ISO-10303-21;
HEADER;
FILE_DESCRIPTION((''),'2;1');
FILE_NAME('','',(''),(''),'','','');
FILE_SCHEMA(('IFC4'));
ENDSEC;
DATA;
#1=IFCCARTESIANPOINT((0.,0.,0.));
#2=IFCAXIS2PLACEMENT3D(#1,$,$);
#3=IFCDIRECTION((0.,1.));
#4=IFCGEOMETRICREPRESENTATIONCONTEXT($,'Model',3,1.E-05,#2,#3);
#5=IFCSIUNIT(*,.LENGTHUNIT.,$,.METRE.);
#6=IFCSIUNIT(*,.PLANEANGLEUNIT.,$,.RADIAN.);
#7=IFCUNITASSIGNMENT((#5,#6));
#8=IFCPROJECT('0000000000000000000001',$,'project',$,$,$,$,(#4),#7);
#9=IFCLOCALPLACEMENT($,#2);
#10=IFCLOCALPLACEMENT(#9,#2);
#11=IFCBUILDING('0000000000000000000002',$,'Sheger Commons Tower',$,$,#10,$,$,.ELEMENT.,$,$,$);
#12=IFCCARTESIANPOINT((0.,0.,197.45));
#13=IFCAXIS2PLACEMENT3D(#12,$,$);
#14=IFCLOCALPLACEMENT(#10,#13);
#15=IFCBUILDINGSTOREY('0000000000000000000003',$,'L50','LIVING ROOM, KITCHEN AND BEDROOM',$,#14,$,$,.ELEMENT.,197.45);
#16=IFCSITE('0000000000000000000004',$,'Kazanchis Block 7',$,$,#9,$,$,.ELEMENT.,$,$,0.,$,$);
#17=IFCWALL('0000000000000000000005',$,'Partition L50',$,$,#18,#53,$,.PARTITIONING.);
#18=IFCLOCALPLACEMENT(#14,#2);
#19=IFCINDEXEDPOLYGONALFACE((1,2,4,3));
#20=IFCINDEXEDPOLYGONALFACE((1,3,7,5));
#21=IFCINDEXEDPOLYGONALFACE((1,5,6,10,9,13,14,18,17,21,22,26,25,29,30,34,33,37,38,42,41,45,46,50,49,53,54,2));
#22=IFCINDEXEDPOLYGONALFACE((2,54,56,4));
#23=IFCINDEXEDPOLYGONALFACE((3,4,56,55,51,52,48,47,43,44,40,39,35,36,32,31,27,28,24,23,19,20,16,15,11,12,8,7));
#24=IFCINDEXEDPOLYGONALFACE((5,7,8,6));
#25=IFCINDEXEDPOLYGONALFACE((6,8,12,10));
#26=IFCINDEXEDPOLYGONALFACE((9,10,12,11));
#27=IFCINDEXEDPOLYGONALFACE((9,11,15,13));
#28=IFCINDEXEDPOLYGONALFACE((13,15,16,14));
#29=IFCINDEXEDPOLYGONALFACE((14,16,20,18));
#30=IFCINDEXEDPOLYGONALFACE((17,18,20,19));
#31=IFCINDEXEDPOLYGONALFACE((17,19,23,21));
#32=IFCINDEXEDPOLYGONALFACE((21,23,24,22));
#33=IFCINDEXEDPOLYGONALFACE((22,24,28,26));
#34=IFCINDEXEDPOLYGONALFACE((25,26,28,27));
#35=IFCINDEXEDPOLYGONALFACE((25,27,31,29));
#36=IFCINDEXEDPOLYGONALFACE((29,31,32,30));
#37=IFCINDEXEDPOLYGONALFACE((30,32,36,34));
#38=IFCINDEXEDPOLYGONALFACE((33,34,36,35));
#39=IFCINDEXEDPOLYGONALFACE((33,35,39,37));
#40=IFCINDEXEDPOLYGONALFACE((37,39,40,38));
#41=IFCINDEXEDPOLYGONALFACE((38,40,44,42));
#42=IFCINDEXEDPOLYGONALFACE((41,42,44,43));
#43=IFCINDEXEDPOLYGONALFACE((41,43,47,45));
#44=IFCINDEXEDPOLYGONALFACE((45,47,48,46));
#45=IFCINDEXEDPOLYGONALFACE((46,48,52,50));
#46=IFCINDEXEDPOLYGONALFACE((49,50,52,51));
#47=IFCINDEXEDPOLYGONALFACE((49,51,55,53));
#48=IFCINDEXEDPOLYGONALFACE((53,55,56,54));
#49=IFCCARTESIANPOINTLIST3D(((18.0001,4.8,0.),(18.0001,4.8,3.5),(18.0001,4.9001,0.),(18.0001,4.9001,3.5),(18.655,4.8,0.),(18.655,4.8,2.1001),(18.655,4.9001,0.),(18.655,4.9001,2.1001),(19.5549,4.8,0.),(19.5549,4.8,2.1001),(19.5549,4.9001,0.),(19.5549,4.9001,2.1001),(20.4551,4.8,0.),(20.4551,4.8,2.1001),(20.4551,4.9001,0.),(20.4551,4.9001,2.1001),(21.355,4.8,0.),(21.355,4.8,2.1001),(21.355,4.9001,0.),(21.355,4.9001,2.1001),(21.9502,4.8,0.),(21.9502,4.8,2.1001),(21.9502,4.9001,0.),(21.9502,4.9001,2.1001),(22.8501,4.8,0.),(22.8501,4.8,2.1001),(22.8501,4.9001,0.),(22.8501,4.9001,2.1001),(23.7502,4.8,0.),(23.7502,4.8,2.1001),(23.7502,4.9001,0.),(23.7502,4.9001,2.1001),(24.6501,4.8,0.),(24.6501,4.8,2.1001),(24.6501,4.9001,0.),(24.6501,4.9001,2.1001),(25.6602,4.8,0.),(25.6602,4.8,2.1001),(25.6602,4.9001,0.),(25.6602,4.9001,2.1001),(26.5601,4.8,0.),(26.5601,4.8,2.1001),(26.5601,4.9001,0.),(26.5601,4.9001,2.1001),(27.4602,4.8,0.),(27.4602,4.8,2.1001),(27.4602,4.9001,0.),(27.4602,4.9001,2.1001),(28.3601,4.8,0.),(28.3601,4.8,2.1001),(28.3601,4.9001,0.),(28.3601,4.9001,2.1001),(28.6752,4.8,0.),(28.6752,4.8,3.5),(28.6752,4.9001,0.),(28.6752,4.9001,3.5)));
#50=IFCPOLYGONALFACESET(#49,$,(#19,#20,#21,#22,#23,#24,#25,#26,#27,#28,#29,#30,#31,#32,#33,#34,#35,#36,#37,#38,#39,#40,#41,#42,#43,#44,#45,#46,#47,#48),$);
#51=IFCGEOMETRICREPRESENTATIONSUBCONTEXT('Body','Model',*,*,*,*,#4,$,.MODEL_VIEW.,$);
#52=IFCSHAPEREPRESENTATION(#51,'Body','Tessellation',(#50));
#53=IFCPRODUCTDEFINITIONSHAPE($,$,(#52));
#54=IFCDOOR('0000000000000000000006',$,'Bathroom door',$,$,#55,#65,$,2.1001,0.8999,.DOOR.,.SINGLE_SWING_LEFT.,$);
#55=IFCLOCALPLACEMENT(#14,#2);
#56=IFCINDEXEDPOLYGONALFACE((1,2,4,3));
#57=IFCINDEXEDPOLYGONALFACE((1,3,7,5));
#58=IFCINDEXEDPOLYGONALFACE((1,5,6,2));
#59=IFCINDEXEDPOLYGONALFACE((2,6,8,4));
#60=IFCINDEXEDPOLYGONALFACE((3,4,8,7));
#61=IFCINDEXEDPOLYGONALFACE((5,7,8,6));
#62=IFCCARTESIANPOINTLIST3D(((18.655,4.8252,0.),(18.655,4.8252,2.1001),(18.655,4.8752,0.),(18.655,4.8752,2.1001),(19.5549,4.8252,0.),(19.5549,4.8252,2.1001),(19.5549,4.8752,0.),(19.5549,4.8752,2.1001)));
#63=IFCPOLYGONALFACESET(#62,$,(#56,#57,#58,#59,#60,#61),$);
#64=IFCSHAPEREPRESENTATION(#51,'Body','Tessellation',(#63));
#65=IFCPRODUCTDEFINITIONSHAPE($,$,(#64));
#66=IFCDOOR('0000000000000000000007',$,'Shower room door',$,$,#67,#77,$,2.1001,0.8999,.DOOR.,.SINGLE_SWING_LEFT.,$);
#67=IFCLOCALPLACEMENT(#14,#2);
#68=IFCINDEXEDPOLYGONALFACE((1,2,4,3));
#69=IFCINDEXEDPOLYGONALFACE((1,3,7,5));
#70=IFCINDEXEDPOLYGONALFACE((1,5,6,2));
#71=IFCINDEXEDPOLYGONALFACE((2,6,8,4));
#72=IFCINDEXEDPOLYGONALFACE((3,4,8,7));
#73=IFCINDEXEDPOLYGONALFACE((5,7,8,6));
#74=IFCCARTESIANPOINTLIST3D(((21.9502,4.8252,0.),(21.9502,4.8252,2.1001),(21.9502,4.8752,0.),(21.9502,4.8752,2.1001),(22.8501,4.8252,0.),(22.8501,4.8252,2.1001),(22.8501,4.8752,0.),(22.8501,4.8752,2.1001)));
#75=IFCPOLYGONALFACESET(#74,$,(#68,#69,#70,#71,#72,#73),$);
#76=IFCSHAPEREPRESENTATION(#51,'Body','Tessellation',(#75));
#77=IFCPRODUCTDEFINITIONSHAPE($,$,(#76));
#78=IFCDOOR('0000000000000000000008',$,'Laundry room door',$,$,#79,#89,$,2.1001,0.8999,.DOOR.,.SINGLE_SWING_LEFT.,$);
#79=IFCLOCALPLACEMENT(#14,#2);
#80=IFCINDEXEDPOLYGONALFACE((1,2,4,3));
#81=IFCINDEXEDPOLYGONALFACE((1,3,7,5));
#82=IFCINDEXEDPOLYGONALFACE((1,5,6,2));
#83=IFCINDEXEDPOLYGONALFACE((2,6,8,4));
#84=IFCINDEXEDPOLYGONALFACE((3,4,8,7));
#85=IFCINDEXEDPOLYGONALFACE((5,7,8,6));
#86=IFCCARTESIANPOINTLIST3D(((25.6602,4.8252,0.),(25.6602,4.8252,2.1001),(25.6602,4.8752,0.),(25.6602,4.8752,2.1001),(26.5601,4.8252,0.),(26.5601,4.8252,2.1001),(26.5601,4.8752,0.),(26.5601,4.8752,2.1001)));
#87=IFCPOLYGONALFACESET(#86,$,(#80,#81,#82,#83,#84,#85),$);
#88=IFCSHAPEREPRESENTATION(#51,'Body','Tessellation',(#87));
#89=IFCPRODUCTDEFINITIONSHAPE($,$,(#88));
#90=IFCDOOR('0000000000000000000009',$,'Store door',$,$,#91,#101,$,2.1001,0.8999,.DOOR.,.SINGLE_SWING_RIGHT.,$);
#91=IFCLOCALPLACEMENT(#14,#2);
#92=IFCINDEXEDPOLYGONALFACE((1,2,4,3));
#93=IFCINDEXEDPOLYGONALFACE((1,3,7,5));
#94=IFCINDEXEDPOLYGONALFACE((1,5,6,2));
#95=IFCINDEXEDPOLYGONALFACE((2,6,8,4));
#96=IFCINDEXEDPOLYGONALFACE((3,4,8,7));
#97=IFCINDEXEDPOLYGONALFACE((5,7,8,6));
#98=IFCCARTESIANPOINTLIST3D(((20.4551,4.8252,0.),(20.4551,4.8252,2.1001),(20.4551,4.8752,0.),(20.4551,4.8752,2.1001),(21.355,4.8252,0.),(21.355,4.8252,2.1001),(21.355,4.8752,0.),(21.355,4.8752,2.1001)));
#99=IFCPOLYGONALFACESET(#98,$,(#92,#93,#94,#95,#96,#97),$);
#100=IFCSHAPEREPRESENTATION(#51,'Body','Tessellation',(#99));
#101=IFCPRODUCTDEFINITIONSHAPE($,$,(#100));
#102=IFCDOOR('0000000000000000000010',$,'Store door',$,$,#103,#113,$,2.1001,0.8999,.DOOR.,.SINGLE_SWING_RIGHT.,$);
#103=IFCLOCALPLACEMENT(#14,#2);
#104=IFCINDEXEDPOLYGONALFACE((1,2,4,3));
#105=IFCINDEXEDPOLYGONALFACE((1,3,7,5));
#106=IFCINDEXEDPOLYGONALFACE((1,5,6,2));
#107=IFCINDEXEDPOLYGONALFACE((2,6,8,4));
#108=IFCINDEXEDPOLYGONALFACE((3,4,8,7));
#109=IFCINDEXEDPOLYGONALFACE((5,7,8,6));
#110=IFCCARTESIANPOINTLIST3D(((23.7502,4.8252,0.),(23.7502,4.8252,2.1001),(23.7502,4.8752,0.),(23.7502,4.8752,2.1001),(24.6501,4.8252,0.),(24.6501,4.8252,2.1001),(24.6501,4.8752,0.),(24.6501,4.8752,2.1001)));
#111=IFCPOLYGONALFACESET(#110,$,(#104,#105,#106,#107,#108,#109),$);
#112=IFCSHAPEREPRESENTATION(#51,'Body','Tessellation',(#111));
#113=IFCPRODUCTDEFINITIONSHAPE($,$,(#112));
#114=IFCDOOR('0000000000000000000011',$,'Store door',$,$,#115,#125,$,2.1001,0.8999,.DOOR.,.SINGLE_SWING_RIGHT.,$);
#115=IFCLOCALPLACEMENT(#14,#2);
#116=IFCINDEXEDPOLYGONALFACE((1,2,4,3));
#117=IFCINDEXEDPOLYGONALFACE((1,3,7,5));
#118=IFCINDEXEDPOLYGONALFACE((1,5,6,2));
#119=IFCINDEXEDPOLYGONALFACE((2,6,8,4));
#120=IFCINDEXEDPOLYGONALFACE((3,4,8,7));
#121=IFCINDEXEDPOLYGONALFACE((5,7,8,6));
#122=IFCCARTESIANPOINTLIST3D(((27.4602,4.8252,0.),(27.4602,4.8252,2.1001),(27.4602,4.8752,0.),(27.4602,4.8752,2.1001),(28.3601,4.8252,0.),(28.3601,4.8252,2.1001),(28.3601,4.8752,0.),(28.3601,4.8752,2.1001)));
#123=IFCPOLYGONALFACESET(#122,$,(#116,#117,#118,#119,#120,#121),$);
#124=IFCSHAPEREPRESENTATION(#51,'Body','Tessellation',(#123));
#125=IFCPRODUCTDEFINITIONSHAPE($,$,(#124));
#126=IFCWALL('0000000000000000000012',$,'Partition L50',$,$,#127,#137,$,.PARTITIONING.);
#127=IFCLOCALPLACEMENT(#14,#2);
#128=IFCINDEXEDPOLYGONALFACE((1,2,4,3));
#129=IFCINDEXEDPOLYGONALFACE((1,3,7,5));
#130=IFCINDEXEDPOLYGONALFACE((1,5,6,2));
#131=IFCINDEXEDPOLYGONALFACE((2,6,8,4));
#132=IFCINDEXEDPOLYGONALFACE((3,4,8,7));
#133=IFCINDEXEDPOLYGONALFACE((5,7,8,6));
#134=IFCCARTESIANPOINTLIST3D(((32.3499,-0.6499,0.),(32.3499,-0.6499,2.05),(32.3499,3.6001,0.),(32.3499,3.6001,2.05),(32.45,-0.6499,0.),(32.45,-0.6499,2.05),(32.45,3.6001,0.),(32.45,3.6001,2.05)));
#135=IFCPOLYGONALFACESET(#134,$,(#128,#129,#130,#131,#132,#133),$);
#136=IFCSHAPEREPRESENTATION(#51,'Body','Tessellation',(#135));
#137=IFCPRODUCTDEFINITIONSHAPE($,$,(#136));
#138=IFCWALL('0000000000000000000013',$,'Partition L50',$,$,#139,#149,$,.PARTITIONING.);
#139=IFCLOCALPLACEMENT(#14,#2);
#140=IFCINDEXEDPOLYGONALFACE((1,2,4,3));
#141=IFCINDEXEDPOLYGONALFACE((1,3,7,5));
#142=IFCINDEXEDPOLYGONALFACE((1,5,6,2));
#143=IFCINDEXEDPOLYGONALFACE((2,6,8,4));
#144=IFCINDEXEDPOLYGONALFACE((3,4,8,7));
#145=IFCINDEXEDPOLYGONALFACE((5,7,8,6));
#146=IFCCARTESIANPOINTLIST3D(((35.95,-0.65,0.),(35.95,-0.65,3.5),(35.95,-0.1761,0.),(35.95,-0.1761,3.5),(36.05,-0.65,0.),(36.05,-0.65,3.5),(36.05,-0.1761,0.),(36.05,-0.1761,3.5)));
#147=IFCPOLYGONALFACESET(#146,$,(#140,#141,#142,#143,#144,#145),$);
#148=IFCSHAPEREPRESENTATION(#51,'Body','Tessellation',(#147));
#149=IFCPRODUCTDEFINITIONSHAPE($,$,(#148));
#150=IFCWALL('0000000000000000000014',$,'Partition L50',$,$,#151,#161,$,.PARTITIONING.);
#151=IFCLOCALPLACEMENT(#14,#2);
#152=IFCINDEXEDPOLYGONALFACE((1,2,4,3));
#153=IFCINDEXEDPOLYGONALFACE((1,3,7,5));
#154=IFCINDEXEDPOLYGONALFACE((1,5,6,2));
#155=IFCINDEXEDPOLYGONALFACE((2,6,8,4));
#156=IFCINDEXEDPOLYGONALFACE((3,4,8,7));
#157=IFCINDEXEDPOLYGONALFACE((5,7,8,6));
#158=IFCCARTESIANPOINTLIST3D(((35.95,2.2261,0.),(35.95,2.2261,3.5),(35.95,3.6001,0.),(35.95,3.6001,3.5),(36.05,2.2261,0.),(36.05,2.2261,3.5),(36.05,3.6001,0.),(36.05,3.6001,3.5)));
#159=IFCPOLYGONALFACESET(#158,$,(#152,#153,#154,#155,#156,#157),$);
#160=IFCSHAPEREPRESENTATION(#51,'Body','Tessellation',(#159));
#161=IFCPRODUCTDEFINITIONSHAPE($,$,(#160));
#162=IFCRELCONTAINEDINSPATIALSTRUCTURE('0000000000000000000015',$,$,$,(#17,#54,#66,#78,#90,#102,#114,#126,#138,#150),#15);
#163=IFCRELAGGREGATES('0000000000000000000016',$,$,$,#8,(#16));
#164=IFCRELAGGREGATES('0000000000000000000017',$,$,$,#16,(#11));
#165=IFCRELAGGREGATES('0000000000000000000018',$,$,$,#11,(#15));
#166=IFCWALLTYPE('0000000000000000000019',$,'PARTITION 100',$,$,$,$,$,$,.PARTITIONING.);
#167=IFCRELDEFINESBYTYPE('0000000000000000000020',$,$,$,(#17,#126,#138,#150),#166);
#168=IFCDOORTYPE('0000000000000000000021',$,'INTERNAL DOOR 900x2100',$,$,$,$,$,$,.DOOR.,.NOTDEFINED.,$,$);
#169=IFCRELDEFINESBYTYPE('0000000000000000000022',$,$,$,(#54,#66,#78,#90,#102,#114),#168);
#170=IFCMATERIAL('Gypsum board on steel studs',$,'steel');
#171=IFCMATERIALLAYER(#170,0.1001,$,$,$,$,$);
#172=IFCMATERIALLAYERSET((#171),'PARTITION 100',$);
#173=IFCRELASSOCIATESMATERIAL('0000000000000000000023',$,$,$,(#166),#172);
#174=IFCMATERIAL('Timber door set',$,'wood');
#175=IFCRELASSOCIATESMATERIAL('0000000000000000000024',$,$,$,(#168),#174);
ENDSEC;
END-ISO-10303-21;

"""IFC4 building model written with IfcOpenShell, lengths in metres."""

from ifc_helpers import new_model, si_unit, direction, frame, frame_2d, origin, place, context, subcontext, project, spatial, rectangle, extrude, material, layer, layer_set, type_object, element, fill, save


model = new_model("IFC4")

# Units and contexts
model_context = context("Model", 3, precision=1e-05, world=origin(), true_north=direction((0.0, 1.0)))
body_context = subcontext(model_context, "Body", "Model", "MODEL_VIEW")
ifc_project = project(units=[si_unit("LENGTHUNIT", "METRE"), si_unit("PLANEANGLEUNIT", "RADIAN")], contexts=[model_context])

# Site, building, storey
site_placement = place(None, origin())
site = spatial("IfcSite", under=ifc_project, at=site_placement, Name="Kazanchis Block 7", CompositionType="ELEMENT", RefElevation=0.0)
building_placement = place(site_placement, origin())
building = spatial("IfcBuilding", under=site, at=building_placement, Name="Sheger Commons Tower", CompositionType="ELEMENT")
storey_placement = place(building_placement, frame((0.0, 0.0, 197.45)))
storey = spatial("IfcBuildingStorey", under=building, at=storey_placement, Name="L50", Description="LIVING ROOM, KITCHEN AND BEDROOM", CompositionType="ELEMENT", Elevation=197.45)

# Wall, openings, doors
ifc_material_1 = material(Name="Gypsum board on steel studs", Category="steel")
ifc_layer_1 = layer(ifc_material_1, 0.1001)
ifc_layer_set_1 = layer_set([ifc_layer_1], Name="PARTITION 100")
wall_type_1 = type_object("IfcWallType", Name="PARTITION 100", PredefinedType="PARTITIONING", material=ifc_layer_set_1)
ifc_material_2 = material(Name="Timber door set", Category="wood")
door_type = type_object("IfcDoorType", Name="INTERNAL DOOR 900x2100", OperationType="NOTDEFINED", PredefinedType="DOOR", material=ifc_material_2)
wall_1_placement = place(storey_placement, frame((28.675, 4.8501, 0.0), z_axis=(0.0, 0.0, 1.0), x_axis=(-1.0, 0.0, 0.0)))
wall_1 = element("IfcWall", 1, at=wall_1_placement, inside=storey, type_object=wall_type_1, Name="Partition L50", PredefinedType="PARTITIONING", context=body_context, shape_type="SweptSolid", body=[
    extrude(rectangle(XDim=10.675, YDim=0.1001, at=frame_2d((5.3374, 0.0))), origin(), (0.0, 0.0, 1.0), 3.5),
])
opening_1_placement = place(wall_1_placement, frame((9.1201, 0.0, 0.0)))
opening_1 = element("IfcOpeningElement", 2, at=opening_1_placement, cuts=wall_1, PredefinedType="OPENING", context=body_context, shape_type="SweptSolid", body=[
    extrude(rectangle(XDim=0.8999, YDim=2.1001, at=frame_2d((0.45, 1.05))), frame((0.0, 0.0601, 0.0), z_axis=(0.0, -1.0, 0.0), x_axis=(1.0, 0.0, 0.0)), (0.0, 0.0, 1.0), 0.1201),
])
opening_2_placement = place(wall_1_placement, frame((5.825, 0.0, 0.0)))
opening_2 = element("IfcOpeningElement", 3, at=opening_2_placement, cuts=wall_1, PredefinedType="OPENING", context=body_context, shape_type="SweptSolid", body=[
    extrude(rectangle(XDim=0.8999, YDim=2.1001, at=frame_2d((0.45, 1.05))), frame((0.0, 0.0601, 0.0), z_axis=(0.0, -1.0, 0.0), x_axis=(1.0, 0.0, 0.0)), (0.0, 0.0, 1.0), 0.1201),
])
opening_3_placement = place(wall_1_placement, frame((2.115, 0.0, 0.0)))
opening_3 = element("IfcOpeningElement", 4, at=opening_3_placement, cuts=wall_1, PredefinedType="OPENING", context=body_context, shape_type="SweptSolid", body=[
    extrude(rectangle(XDim=0.8999, YDim=2.1001, at=frame_2d((0.45, 1.05))), frame((0.0, 0.0601, 0.0), z_axis=(0.0, -1.0, 0.0), x_axis=(1.0, 0.0, 0.0)), (0.0, 0.0, 1.0), 0.1201),
])
opening_4_placement = place(wall_1_placement, frame((7.3201, 0.0, 0.0)))
opening_4 = element("IfcOpeningElement", 5, at=opening_4_placement, cuts=wall_1, PredefinedType="OPENING", context=body_context, shape_type="SweptSolid", body=[
    extrude(rectangle(XDim=0.8999, YDim=2.1001, at=frame_2d((0.45, 1.05))), frame((0.0, 0.0601, 0.0), z_axis=(0.0, -1.0, 0.0), x_axis=(1.0, 0.0, 0.0)), (0.0, 0.0, 1.0), 0.1201),
])
opening_5_placement = place(wall_1_placement, frame((4.0249, 0.0, 0.0)))
opening_5 = element("IfcOpeningElement", 6, at=opening_5_placement, cuts=wall_1, PredefinedType="OPENING", context=body_context, shape_type="SweptSolid", body=[
    extrude(rectangle(XDim=0.8999, YDim=2.1001, at=frame_2d((0.45, 1.05))), frame((0.0, 0.0601, 0.0), z_axis=(0.0, -1.0, 0.0), x_axis=(1.0, 0.0, 0.0)), (0.0, 0.0, 1.0), 0.1201),
])
opening_6_placement = place(wall_1_placement, frame((0.3149, 0.0, 0.0)))
opening_6 = element("IfcOpeningElement", 7, at=opening_6_placement, cuts=wall_1, PredefinedType="OPENING", context=body_context, shape_type="SweptSolid", body=[
    extrude(rectangle(XDim=0.8999, YDim=2.1001, at=frame_2d((0.45, 1.05))), frame((0.0, 0.0601, 0.0), z_axis=(0.0, -1.0, 0.0), x_axis=(1.0, 0.0, 0.0)), (0.0, 0.0, 1.0), 0.1201),
])
door_1_placement = place(opening_1_placement, origin())
door_1 = element("IfcDoor", 8, at=door_1_placement, inside=storey, type_object=door_type, Name="Bathroom door", OperationType="SINGLE_SWING_LEFT", OverallHeight=2.1001, OverallWidth=0.8999, PredefinedType="DOOR", context=body_context, shape_type="SweptSolid", body=[
    extrude(rectangle(XDim=0.8999, YDim=2.1001, at=frame_2d((0.45, 1.05))), frame((0.0, 0.0249, 0.0), z_axis=(0.0, -1.0, 0.0), x_axis=(1.0, 0.0, 0.0)), (0.0, 0.0, 1.0), 0.05),
])
fill(opening_1, door_1)
door_2_placement = place(opening_2_placement, origin())
door_2 = element("IfcDoor", 9, at=door_2_placement, inside=storey, type_object=door_type, Name="Shower room door", OperationType="SINGLE_SWING_LEFT", OverallHeight=2.1001, OverallWidth=0.8999, PredefinedType="DOOR", context=body_context, shape_type="SweptSolid", body=[
    extrude(rectangle(XDim=0.8999, YDim=2.1001, at=frame_2d((0.45, 1.05))), frame((0.0, 0.0249, 0.0), z_axis=(0.0, -1.0, 0.0), x_axis=(1.0, 0.0, 0.0)), (0.0, 0.0, 1.0), 0.05),
])
fill(opening_2, door_2)
door_3_placement = place(opening_3_placement, origin())
door_3 = element("IfcDoor", 10, at=door_3_placement, inside=storey, type_object=door_type, Name="Laundry room door", OperationType="SINGLE_SWING_LEFT", OverallHeight=2.1001, OverallWidth=0.8999, PredefinedType="DOOR", context=body_context, shape_type="SweptSolid", body=[
    extrude(rectangle(XDim=0.8999, YDim=2.1001, at=frame_2d((0.45, 1.05))), frame((0.0, 0.0249, 0.0), z_axis=(0.0, -1.0, 0.0), x_axis=(1.0, 0.0, 0.0)), (0.0, 0.0, 1.0), 0.05),
])
fill(opening_3, door_3)
door_4_placement = place(opening_4_placement, origin())
door_4 = element("IfcDoor", 11, at=door_4_placement, inside=storey, type_object=door_type, Name="Store door", OperationType="SINGLE_SWING_RIGHT", OverallHeight=2.1001, OverallWidth=0.8999, PredefinedType="DOOR", context=body_context, shape_type="SweptSolid", body=[
    extrude(rectangle(XDim=0.8999, YDim=2.1001, at=frame_2d((0.45, 1.05))), frame((0.0, 0.0249, 0.0), z_axis=(0.0, -1.0, 0.0), x_axis=(1.0, 0.0, 0.0)), (0.0, 0.0, 1.0), 0.05),
])
fill(opening_4, door_4)
door_5_placement = place(opening_5_placement, origin())
door_5 = element("IfcDoor", 12, at=door_5_placement, inside=storey, type_object=door_type, Name="Store door", OperationType="SINGLE_SWING_RIGHT", OverallHeight=2.1001, OverallWidth=0.8999, PredefinedType="DOOR", context=body_context, shape_type="SweptSolid", body=[
    extrude(rectangle(XDim=0.8999, YDim=2.1001, at=frame_2d((0.45, 1.05))), frame((0.0, 0.0249, 0.0), z_axis=(0.0, -1.0, 0.0), x_axis=(1.0, 0.0, 0.0)), (0.0, 0.0, 1.0), 0.05),
])
fill(opening_5, door_5)
door_6_placement = place(opening_6_placement, origin())
door_6 = element("IfcDoor", 13, at=door_6_placement, inside=storey, type_object=door_type, Name="Store door", OperationType="SINGLE_SWING_RIGHT", OverallHeight=2.1001, OverallWidth=0.8999, PredefinedType="DOOR", context=body_context, shape_type="SweptSolid", body=[
    extrude(rectangle(XDim=0.8999, YDim=2.1001, at=frame_2d((0.45, 1.05))), frame((0.0, 0.0249, 0.0), z_axis=(0.0, -1.0, 0.0), x_axis=(1.0, 0.0, 0.0)), (0.0, 0.0, 1.0), 0.05),
])
fill(opening_6, door_6)

# Walls
wall_2_placement = place(storey_placement, frame((32.3999, -0.6499, 0.0), z_axis=(0.0, 0.0, 1.0), x_axis=(0.0, 1.0, 0.0)))
element("IfcWall", 14, at=wall_2_placement, inside=storey, type_object=wall_type_1, Name="Partition L50", PredefinedType="PARTITIONING", context=body_context, shape_type="SweptSolid", body=[
    extrude(rectangle(XDim=4.25, YDim=0.1001, at=frame_2d((2.125, 0.0))), origin(), (0.0, 0.0, 1.0), 2.05),
])
wall_3_placement = place(storey_placement, frame((36.0, -0.6499, 0.0), z_axis=(0.0, 0.0, 1.0), x_axis=(0.0, 1.0, 0.0)))
element("IfcWall", 15, at=wall_3_placement, inside=storey, type_object=wall_type_1, Name="Partition L50", PredefinedType="PARTITIONING", context=body_context, shape_type="SweptSolid", body=[
    extrude(rectangle(XDim=0.4739, YDim=0.1001, at=frame_2d((0.2368, 0.0))), origin(), (0.0, 0.0, 1.0), 3.5),
])
wall_4_placement = place(storey_placement, frame((36.0, 2.2261, 0.0), z_axis=(0.0, 0.0, 1.0), x_axis=(0.0, 1.0, 0.0)))
element("IfcWall", 16, at=wall_4_placement, inside=storey, type_object=wall_type_1, Name="Partition L50", PredefinedType="PARTITIONING", context=body_context, shape_type="SweptSolid", body=[
    extrude(rectangle(XDim=1.374, YDim=0.1001, at=frame_2d((0.687, 0.0))), origin(), (0.0, 0.0, 1.0), 3.5),
])

save(model, "model.ifc")
